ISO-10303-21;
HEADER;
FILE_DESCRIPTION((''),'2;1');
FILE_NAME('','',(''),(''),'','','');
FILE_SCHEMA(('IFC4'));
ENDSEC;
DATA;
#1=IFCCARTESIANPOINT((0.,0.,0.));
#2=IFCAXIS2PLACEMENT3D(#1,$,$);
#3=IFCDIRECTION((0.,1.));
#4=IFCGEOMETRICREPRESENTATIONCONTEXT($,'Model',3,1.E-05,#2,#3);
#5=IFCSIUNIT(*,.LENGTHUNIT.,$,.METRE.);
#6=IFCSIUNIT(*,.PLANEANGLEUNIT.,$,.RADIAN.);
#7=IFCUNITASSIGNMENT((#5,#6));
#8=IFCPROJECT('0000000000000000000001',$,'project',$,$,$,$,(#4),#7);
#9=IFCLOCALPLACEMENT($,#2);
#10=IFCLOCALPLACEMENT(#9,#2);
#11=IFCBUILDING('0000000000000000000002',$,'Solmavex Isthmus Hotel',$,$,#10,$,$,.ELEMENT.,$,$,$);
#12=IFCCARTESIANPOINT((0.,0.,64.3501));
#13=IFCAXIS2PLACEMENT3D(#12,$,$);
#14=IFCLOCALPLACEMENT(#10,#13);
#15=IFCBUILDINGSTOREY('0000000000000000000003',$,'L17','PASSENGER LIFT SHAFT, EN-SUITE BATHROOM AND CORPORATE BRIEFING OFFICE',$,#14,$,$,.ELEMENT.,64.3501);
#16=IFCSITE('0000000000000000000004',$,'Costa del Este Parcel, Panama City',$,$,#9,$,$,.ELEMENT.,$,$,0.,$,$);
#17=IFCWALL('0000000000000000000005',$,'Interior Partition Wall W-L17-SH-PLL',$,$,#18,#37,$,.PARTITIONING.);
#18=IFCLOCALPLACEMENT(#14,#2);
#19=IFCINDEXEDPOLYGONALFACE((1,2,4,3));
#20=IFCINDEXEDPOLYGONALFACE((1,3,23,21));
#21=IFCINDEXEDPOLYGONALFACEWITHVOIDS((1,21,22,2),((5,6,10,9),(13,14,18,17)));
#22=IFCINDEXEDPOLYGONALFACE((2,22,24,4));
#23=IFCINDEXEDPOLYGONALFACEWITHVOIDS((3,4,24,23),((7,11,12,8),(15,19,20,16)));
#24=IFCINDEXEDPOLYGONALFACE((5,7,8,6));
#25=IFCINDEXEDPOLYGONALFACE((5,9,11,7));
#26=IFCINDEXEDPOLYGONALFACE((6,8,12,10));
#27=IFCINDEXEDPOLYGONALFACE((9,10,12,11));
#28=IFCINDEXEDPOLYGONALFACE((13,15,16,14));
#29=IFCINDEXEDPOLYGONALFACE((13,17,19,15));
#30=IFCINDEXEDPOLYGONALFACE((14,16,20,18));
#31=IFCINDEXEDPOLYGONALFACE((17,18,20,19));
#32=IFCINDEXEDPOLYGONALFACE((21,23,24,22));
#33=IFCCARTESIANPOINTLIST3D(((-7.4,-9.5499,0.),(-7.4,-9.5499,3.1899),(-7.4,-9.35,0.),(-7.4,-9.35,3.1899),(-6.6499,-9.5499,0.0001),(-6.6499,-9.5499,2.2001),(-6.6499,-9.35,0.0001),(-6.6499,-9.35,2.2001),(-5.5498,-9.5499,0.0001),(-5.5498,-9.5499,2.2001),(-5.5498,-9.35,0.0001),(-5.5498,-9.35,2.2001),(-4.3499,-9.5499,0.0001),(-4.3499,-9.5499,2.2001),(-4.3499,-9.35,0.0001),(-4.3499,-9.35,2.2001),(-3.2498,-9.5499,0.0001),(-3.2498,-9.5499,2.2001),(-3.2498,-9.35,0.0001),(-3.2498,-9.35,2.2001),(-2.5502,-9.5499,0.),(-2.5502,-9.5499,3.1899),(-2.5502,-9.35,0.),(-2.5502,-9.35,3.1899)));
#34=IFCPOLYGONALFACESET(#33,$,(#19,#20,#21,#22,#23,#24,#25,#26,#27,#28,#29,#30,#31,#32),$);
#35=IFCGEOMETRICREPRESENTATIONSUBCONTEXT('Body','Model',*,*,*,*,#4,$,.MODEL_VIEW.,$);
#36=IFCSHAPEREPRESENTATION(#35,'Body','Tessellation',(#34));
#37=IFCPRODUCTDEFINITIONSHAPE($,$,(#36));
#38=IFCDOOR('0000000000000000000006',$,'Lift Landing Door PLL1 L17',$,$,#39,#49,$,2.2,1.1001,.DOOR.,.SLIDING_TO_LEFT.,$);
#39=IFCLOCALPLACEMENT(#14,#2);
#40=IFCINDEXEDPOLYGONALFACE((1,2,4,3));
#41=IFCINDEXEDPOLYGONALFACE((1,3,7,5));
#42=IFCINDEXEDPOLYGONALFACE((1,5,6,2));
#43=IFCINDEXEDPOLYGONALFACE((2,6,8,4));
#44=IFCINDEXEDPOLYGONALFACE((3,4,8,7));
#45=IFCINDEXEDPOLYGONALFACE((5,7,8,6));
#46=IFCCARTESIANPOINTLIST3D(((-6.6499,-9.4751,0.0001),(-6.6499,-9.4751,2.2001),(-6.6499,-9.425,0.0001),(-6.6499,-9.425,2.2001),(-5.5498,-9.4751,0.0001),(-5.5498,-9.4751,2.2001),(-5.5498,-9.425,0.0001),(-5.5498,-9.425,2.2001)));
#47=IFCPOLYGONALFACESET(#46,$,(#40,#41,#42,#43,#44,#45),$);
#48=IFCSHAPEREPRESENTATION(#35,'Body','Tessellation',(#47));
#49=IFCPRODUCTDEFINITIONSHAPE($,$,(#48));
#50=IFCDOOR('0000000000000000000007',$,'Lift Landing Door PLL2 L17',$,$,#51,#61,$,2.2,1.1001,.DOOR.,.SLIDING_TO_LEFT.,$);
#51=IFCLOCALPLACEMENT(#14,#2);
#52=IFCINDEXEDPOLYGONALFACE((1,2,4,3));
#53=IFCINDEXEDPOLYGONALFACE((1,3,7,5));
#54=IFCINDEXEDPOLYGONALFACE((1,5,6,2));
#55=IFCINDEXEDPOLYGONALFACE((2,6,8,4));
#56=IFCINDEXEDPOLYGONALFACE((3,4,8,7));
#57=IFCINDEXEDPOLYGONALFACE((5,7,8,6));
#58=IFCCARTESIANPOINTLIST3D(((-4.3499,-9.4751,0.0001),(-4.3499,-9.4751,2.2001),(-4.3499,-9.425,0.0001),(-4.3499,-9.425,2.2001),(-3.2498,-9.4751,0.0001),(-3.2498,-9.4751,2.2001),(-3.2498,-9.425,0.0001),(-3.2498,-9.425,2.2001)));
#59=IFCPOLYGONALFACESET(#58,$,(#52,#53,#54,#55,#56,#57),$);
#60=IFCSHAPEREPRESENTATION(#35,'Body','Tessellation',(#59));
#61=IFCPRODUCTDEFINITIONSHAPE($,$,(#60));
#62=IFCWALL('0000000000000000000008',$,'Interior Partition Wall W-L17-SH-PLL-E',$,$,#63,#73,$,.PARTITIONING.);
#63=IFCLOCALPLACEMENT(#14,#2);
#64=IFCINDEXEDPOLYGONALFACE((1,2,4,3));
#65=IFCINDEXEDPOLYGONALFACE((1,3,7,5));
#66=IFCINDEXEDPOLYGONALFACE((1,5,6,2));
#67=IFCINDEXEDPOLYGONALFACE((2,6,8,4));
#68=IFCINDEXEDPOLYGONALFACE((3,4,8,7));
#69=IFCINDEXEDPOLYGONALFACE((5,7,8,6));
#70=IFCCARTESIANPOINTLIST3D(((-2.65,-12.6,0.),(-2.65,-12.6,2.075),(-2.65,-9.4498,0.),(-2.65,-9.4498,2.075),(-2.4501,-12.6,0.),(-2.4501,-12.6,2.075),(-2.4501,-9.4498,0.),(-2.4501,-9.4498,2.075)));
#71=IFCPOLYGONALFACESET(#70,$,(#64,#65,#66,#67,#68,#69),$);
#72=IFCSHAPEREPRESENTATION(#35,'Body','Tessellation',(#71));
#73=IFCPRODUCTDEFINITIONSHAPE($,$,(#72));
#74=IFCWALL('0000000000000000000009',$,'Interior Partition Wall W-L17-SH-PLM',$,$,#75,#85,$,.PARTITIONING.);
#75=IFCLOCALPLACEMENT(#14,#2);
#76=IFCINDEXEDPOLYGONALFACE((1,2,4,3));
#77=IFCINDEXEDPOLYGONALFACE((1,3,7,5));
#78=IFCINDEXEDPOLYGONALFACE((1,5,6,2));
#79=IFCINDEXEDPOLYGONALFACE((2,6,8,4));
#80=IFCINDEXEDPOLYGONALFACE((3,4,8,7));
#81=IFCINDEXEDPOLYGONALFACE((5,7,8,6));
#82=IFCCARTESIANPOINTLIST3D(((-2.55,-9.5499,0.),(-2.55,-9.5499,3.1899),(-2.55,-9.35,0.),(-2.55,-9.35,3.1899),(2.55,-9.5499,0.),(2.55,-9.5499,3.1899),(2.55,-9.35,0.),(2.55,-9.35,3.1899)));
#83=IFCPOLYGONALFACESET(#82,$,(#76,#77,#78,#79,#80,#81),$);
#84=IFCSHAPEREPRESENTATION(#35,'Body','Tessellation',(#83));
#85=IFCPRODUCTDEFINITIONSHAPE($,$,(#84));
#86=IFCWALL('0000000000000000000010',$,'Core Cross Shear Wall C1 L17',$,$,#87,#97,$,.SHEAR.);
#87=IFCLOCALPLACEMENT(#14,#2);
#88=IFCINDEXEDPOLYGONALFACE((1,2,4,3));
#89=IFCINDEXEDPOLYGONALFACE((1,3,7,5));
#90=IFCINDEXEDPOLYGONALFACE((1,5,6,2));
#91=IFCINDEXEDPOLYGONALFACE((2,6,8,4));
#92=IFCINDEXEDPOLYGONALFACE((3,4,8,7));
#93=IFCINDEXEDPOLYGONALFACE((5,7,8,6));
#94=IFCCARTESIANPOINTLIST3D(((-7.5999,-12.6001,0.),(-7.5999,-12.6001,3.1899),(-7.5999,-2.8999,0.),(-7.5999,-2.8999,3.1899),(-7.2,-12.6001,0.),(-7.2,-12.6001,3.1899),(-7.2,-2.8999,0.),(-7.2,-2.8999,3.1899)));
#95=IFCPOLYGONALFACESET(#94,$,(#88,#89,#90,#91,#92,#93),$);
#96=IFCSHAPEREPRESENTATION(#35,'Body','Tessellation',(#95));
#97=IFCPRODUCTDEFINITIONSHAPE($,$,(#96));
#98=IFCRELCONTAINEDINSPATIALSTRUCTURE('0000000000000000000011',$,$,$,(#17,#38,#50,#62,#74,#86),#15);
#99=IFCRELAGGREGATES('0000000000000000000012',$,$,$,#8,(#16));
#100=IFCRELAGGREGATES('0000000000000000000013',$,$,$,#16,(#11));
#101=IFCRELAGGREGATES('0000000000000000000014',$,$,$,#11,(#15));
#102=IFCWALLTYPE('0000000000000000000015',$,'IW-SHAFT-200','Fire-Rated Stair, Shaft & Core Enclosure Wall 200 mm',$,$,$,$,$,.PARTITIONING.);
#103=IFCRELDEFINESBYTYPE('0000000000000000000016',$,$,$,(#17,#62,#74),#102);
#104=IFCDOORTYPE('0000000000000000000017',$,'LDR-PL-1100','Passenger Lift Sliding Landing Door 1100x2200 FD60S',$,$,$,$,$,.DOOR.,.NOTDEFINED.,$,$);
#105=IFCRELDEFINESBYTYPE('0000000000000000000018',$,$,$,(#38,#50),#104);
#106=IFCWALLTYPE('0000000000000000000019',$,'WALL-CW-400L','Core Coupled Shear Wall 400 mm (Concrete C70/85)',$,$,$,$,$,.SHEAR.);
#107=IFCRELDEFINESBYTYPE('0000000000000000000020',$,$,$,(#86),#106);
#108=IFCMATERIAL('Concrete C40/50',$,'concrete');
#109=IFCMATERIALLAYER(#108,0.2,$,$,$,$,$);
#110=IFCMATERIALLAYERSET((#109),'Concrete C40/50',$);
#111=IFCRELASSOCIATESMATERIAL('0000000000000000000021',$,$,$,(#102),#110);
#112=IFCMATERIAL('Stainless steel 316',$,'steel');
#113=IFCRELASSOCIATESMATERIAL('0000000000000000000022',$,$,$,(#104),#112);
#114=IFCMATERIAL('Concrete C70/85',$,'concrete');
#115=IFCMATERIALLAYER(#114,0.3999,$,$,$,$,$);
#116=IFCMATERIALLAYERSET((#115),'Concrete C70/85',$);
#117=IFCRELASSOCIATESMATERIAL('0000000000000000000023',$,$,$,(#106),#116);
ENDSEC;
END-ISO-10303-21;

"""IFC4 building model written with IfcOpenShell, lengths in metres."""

from ifc_helpers import new_model, si_unit, direction, frame, frame_2d, origin, place, context, subcontext, project, spatial, rectangle, extrude, material, layer, layer_set, type_object, element, fill, save


model = new_model("IFC4")

# Units and contexts
model_context = context("Model", 3, precision=1e-05, world=origin(), true_north=direction((0.0, 1.0)))
body_context = subcontext(model_context, "Body", "Model", "MODEL_VIEW")
ifc_project = project(units=[si_unit("LENGTHUNIT", "METRE"), si_unit("PLANEANGLEUNIT", "RADIAN")], contexts=[model_context])

# Site, building, storey
site_placement = place(None, origin())
site = spatial("IfcSite", under=ifc_project, at=site_placement, Name="Costa del Este Parcel, Panama City", CompositionType="ELEMENT", RefElevation=0.0)
building_placement = place(site_placement, origin())
building = spatial("IfcBuilding", under=site, at=building_placement, Name="Solmavex Isthmus Hotel", CompositionType="ELEMENT")
storey_placement = place(building_placement, frame((0.0, 0.0, 64.3501)))
storey = spatial("IfcBuildingStorey", under=building, at=storey_placement, Name="L17", Description="PASSENGER LIFT SHAFT, EN-SUITE BATHROOM AND CORPORATE BRIEFING OFFICE", CompositionType="ELEMENT", Elevation=64.3501)

# Shared definitions
ifc_material_1 = material(Name="Concrete C70/85", Category="concrete")

# Shared definitions
ifc_material_2 = material(Name="Concrete C40/50", Category="concrete")

# Wall, openings, doors
ifc_layer_1 = layer(ifc_material_2, 0.2)
ifc_layer_set_1 = layer_set([ifc_layer_1], Name="Concrete C40/50")
wall_type_1 = type_object("IfcWallType", Name="IW-SHAFT-200", Description="Fire-Rated Stair, Shaft & Core Enclosure Wall 200 mm", PredefinedType="PARTITIONING", material=ifc_layer_set_1)
wall_1_placement = place(storey_placement, frame((-7.3999, -9.45, 0.0), z_axis=(0.0, 0.0, 1.0), x_axis=(1.0, 0.0, 0.0)))
wall_1 = element("IfcWall", 1, at=wall_1_placement, inside=storey, type_object=wall_type_1, Name="Interior Partition Wall W-L17-SH-PLL", PredefinedType="PARTITIONING", context=body_context, shape_type="SweptSolid", body=[
    extrude(rectangle(XDim=4.8499, YDim=0.2, at=frame_2d((2.4248, 0.0))), origin(), (0.0, 0.0, 1.0), 3.1899),
])
opening_1_placement = place(wall_1_placement, frame((0.75, 0.0, 0.0)))
opening_1 = element("IfcOpeningElement", 2, at=opening_1_placement, cuts=wall_1, PredefinedType="OPENING", context=body_context, shape_type="SweptSolid", body=[
    extrude(rectangle(XDim=1.1001, YDim=2.2, at=frame_2d((0.55, 1.1001))), frame((0.0, 0.1099, 0.0), z_axis=(0.0, -1.0, 0.0), x_axis=(1.0, 0.0, 0.0)), (0.0, 0.0, 1.0), 0.22),
])
opening_2_placement = place(wall_1_placement, frame((3.05, 0.0, 0.0)))
opening_2 = element("IfcOpeningElement", 3, at=opening_2_placement, cuts=wall_1, PredefinedType="OPENING", context=body_context, shape_type="SweptSolid", body=[
    extrude(rectangle(XDim=1.1001, YDim=2.2, at=frame_2d((0.55, 1.1001))), frame((0.0, 0.1099, 0.0), z_axis=(0.0, -1.0, 0.0), x_axis=(1.0, 0.0, 0.0)), (0.0, 0.0, 1.0), 0.22),
])
ifc_material_3 = material(Name="Stainless steel 316", Category="steel")
door_type_1 = type_object("IfcDoorType", Name="LDR-PL-1100", Description="Passenger Lift Sliding Landing Door 1100x2200 FD60S", OperationType="NOTDEFINED", PredefinedType="DOOR", material=ifc_material_3)
door_1_placement = place(opening_1_placement, origin())
door_1 = element("IfcDoor", 4, at=door_1_placement, inside=storey, type_object=door_type_1, Name="Lift Landing Door PLL1 L17", OperationType="SLIDING_TO_LEFT", OverallHeight=2.2, OverallWidth=1.1001, PredefinedType="DOOR", context=body_context, shape_type="SweptSolid", body=[
    extrude(rectangle(XDim=1.1001, YDim=2.2, at=frame_2d((0.55, 1.1001))), frame((0.0, 0.0249, 0.0), z_axis=(0.0, -1.0, 0.0), x_axis=(1.0, 0.0, 0.0)), (0.0, 0.0, 1.0), 0.05),
])
fill(opening_1, door_1)
door_2_placement = place(opening_2_placement, origin())
door_2 = element("IfcDoor", 5, at=door_2_placement, inside=storey, type_object=door_type_1, Name="Lift Landing Door PLL2 L17", OperationType="SLIDING_TO_LEFT", OverallHeight=2.2, OverallWidth=1.1001, PredefinedType="DOOR", context=body_context, shape_type="SweptSolid", body=[
    extrude(rectangle(XDim=1.1001, YDim=2.2, at=frame_2d((0.55, 1.1001))), frame((0.0, 0.0249, 0.0), z_axis=(0.0, -1.0, 0.0), x_axis=(1.0, 0.0, 0.0)), (0.0, 0.0, 1.0), 0.05),
])
fill(opening_2, door_2)

# Walls
wall_2_placement = place(storey_placement, frame((-2.55, -12.6001, 0.0), z_axis=(0.0, 0.0, 1.0), x_axis=(0.0, 1.0, 0.0)))
element("IfcWall", 6, at=wall_2_placement, inside=storey, type_object=wall_type_1, Name="Interior Partition Wall W-L17-SH-PLL-E", PredefinedType="PARTITIONING", context=body_context, shape_type="SweptSolid", body=[
    extrude(rectangle(XDim=3.1501, YDim=0.2, at=frame_2d((1.5752, 0.0))), origin(), (0.0, 0.0, 1.0), 2.075),
])
wall_3_placement = place(storey_placement, frame((-2.55, -9.45, 0.0), z_axis=(0.0, 0.0, 1.0), x_axis=(1.0, 0.0, 0.0)))
element("IfcWall", 7, at=wall_3_placement, inside=storey, type_object=wall_type_1, Name="Interior Partition Wall W-L17-SH-PLM", PredefinedType="PARTITIONING", context=body_context, shape_type="SweptSolid", body=[
    extrude(rectangle(XDim=5.1001, YDim=0.2, at=frame_2d((2.55, 0.0))), origin(), (0.0, 0.0, 1.0), 3.1899),
])
ifc_layer_2 = layer(ifc_material_1, 0.3999)
ifc_layer_set_2 = layer_set([ifc_layer_2], Name="Concrete C70/85")
wall_type_2 = type_object("IfcWallType", Name="WALL-CW-400L", Description="Core Coupled Shear Wall 400 mm (Concrete C70/85)", PredefinedType="SHEAR", material=ifc_layer_set_2)
wall_4_placement = place(storey_placement, frame((-7.3999, -12.6001, 0.0), z_axis=(0.0, 0.0, 1.0), x_axis=(0.0, 1.0, 0.0)))
element("IfcWall", 8, at=wall_4_placement, inside=storey, type_object=wall_type_2, Name="Core Cross Shear Wall C1 L17", PredefinedType="SHEAR", context=body_context, shape_type="SweptSolid", body=[
    extrude(rectangle(XDim=9.7002, YDim=0.3999, at=frame_2d((4.8501, 0.0))), origin(), (0.0, 0.0, 1.0), 3.1899),
])

save(model, "model.ifc")
